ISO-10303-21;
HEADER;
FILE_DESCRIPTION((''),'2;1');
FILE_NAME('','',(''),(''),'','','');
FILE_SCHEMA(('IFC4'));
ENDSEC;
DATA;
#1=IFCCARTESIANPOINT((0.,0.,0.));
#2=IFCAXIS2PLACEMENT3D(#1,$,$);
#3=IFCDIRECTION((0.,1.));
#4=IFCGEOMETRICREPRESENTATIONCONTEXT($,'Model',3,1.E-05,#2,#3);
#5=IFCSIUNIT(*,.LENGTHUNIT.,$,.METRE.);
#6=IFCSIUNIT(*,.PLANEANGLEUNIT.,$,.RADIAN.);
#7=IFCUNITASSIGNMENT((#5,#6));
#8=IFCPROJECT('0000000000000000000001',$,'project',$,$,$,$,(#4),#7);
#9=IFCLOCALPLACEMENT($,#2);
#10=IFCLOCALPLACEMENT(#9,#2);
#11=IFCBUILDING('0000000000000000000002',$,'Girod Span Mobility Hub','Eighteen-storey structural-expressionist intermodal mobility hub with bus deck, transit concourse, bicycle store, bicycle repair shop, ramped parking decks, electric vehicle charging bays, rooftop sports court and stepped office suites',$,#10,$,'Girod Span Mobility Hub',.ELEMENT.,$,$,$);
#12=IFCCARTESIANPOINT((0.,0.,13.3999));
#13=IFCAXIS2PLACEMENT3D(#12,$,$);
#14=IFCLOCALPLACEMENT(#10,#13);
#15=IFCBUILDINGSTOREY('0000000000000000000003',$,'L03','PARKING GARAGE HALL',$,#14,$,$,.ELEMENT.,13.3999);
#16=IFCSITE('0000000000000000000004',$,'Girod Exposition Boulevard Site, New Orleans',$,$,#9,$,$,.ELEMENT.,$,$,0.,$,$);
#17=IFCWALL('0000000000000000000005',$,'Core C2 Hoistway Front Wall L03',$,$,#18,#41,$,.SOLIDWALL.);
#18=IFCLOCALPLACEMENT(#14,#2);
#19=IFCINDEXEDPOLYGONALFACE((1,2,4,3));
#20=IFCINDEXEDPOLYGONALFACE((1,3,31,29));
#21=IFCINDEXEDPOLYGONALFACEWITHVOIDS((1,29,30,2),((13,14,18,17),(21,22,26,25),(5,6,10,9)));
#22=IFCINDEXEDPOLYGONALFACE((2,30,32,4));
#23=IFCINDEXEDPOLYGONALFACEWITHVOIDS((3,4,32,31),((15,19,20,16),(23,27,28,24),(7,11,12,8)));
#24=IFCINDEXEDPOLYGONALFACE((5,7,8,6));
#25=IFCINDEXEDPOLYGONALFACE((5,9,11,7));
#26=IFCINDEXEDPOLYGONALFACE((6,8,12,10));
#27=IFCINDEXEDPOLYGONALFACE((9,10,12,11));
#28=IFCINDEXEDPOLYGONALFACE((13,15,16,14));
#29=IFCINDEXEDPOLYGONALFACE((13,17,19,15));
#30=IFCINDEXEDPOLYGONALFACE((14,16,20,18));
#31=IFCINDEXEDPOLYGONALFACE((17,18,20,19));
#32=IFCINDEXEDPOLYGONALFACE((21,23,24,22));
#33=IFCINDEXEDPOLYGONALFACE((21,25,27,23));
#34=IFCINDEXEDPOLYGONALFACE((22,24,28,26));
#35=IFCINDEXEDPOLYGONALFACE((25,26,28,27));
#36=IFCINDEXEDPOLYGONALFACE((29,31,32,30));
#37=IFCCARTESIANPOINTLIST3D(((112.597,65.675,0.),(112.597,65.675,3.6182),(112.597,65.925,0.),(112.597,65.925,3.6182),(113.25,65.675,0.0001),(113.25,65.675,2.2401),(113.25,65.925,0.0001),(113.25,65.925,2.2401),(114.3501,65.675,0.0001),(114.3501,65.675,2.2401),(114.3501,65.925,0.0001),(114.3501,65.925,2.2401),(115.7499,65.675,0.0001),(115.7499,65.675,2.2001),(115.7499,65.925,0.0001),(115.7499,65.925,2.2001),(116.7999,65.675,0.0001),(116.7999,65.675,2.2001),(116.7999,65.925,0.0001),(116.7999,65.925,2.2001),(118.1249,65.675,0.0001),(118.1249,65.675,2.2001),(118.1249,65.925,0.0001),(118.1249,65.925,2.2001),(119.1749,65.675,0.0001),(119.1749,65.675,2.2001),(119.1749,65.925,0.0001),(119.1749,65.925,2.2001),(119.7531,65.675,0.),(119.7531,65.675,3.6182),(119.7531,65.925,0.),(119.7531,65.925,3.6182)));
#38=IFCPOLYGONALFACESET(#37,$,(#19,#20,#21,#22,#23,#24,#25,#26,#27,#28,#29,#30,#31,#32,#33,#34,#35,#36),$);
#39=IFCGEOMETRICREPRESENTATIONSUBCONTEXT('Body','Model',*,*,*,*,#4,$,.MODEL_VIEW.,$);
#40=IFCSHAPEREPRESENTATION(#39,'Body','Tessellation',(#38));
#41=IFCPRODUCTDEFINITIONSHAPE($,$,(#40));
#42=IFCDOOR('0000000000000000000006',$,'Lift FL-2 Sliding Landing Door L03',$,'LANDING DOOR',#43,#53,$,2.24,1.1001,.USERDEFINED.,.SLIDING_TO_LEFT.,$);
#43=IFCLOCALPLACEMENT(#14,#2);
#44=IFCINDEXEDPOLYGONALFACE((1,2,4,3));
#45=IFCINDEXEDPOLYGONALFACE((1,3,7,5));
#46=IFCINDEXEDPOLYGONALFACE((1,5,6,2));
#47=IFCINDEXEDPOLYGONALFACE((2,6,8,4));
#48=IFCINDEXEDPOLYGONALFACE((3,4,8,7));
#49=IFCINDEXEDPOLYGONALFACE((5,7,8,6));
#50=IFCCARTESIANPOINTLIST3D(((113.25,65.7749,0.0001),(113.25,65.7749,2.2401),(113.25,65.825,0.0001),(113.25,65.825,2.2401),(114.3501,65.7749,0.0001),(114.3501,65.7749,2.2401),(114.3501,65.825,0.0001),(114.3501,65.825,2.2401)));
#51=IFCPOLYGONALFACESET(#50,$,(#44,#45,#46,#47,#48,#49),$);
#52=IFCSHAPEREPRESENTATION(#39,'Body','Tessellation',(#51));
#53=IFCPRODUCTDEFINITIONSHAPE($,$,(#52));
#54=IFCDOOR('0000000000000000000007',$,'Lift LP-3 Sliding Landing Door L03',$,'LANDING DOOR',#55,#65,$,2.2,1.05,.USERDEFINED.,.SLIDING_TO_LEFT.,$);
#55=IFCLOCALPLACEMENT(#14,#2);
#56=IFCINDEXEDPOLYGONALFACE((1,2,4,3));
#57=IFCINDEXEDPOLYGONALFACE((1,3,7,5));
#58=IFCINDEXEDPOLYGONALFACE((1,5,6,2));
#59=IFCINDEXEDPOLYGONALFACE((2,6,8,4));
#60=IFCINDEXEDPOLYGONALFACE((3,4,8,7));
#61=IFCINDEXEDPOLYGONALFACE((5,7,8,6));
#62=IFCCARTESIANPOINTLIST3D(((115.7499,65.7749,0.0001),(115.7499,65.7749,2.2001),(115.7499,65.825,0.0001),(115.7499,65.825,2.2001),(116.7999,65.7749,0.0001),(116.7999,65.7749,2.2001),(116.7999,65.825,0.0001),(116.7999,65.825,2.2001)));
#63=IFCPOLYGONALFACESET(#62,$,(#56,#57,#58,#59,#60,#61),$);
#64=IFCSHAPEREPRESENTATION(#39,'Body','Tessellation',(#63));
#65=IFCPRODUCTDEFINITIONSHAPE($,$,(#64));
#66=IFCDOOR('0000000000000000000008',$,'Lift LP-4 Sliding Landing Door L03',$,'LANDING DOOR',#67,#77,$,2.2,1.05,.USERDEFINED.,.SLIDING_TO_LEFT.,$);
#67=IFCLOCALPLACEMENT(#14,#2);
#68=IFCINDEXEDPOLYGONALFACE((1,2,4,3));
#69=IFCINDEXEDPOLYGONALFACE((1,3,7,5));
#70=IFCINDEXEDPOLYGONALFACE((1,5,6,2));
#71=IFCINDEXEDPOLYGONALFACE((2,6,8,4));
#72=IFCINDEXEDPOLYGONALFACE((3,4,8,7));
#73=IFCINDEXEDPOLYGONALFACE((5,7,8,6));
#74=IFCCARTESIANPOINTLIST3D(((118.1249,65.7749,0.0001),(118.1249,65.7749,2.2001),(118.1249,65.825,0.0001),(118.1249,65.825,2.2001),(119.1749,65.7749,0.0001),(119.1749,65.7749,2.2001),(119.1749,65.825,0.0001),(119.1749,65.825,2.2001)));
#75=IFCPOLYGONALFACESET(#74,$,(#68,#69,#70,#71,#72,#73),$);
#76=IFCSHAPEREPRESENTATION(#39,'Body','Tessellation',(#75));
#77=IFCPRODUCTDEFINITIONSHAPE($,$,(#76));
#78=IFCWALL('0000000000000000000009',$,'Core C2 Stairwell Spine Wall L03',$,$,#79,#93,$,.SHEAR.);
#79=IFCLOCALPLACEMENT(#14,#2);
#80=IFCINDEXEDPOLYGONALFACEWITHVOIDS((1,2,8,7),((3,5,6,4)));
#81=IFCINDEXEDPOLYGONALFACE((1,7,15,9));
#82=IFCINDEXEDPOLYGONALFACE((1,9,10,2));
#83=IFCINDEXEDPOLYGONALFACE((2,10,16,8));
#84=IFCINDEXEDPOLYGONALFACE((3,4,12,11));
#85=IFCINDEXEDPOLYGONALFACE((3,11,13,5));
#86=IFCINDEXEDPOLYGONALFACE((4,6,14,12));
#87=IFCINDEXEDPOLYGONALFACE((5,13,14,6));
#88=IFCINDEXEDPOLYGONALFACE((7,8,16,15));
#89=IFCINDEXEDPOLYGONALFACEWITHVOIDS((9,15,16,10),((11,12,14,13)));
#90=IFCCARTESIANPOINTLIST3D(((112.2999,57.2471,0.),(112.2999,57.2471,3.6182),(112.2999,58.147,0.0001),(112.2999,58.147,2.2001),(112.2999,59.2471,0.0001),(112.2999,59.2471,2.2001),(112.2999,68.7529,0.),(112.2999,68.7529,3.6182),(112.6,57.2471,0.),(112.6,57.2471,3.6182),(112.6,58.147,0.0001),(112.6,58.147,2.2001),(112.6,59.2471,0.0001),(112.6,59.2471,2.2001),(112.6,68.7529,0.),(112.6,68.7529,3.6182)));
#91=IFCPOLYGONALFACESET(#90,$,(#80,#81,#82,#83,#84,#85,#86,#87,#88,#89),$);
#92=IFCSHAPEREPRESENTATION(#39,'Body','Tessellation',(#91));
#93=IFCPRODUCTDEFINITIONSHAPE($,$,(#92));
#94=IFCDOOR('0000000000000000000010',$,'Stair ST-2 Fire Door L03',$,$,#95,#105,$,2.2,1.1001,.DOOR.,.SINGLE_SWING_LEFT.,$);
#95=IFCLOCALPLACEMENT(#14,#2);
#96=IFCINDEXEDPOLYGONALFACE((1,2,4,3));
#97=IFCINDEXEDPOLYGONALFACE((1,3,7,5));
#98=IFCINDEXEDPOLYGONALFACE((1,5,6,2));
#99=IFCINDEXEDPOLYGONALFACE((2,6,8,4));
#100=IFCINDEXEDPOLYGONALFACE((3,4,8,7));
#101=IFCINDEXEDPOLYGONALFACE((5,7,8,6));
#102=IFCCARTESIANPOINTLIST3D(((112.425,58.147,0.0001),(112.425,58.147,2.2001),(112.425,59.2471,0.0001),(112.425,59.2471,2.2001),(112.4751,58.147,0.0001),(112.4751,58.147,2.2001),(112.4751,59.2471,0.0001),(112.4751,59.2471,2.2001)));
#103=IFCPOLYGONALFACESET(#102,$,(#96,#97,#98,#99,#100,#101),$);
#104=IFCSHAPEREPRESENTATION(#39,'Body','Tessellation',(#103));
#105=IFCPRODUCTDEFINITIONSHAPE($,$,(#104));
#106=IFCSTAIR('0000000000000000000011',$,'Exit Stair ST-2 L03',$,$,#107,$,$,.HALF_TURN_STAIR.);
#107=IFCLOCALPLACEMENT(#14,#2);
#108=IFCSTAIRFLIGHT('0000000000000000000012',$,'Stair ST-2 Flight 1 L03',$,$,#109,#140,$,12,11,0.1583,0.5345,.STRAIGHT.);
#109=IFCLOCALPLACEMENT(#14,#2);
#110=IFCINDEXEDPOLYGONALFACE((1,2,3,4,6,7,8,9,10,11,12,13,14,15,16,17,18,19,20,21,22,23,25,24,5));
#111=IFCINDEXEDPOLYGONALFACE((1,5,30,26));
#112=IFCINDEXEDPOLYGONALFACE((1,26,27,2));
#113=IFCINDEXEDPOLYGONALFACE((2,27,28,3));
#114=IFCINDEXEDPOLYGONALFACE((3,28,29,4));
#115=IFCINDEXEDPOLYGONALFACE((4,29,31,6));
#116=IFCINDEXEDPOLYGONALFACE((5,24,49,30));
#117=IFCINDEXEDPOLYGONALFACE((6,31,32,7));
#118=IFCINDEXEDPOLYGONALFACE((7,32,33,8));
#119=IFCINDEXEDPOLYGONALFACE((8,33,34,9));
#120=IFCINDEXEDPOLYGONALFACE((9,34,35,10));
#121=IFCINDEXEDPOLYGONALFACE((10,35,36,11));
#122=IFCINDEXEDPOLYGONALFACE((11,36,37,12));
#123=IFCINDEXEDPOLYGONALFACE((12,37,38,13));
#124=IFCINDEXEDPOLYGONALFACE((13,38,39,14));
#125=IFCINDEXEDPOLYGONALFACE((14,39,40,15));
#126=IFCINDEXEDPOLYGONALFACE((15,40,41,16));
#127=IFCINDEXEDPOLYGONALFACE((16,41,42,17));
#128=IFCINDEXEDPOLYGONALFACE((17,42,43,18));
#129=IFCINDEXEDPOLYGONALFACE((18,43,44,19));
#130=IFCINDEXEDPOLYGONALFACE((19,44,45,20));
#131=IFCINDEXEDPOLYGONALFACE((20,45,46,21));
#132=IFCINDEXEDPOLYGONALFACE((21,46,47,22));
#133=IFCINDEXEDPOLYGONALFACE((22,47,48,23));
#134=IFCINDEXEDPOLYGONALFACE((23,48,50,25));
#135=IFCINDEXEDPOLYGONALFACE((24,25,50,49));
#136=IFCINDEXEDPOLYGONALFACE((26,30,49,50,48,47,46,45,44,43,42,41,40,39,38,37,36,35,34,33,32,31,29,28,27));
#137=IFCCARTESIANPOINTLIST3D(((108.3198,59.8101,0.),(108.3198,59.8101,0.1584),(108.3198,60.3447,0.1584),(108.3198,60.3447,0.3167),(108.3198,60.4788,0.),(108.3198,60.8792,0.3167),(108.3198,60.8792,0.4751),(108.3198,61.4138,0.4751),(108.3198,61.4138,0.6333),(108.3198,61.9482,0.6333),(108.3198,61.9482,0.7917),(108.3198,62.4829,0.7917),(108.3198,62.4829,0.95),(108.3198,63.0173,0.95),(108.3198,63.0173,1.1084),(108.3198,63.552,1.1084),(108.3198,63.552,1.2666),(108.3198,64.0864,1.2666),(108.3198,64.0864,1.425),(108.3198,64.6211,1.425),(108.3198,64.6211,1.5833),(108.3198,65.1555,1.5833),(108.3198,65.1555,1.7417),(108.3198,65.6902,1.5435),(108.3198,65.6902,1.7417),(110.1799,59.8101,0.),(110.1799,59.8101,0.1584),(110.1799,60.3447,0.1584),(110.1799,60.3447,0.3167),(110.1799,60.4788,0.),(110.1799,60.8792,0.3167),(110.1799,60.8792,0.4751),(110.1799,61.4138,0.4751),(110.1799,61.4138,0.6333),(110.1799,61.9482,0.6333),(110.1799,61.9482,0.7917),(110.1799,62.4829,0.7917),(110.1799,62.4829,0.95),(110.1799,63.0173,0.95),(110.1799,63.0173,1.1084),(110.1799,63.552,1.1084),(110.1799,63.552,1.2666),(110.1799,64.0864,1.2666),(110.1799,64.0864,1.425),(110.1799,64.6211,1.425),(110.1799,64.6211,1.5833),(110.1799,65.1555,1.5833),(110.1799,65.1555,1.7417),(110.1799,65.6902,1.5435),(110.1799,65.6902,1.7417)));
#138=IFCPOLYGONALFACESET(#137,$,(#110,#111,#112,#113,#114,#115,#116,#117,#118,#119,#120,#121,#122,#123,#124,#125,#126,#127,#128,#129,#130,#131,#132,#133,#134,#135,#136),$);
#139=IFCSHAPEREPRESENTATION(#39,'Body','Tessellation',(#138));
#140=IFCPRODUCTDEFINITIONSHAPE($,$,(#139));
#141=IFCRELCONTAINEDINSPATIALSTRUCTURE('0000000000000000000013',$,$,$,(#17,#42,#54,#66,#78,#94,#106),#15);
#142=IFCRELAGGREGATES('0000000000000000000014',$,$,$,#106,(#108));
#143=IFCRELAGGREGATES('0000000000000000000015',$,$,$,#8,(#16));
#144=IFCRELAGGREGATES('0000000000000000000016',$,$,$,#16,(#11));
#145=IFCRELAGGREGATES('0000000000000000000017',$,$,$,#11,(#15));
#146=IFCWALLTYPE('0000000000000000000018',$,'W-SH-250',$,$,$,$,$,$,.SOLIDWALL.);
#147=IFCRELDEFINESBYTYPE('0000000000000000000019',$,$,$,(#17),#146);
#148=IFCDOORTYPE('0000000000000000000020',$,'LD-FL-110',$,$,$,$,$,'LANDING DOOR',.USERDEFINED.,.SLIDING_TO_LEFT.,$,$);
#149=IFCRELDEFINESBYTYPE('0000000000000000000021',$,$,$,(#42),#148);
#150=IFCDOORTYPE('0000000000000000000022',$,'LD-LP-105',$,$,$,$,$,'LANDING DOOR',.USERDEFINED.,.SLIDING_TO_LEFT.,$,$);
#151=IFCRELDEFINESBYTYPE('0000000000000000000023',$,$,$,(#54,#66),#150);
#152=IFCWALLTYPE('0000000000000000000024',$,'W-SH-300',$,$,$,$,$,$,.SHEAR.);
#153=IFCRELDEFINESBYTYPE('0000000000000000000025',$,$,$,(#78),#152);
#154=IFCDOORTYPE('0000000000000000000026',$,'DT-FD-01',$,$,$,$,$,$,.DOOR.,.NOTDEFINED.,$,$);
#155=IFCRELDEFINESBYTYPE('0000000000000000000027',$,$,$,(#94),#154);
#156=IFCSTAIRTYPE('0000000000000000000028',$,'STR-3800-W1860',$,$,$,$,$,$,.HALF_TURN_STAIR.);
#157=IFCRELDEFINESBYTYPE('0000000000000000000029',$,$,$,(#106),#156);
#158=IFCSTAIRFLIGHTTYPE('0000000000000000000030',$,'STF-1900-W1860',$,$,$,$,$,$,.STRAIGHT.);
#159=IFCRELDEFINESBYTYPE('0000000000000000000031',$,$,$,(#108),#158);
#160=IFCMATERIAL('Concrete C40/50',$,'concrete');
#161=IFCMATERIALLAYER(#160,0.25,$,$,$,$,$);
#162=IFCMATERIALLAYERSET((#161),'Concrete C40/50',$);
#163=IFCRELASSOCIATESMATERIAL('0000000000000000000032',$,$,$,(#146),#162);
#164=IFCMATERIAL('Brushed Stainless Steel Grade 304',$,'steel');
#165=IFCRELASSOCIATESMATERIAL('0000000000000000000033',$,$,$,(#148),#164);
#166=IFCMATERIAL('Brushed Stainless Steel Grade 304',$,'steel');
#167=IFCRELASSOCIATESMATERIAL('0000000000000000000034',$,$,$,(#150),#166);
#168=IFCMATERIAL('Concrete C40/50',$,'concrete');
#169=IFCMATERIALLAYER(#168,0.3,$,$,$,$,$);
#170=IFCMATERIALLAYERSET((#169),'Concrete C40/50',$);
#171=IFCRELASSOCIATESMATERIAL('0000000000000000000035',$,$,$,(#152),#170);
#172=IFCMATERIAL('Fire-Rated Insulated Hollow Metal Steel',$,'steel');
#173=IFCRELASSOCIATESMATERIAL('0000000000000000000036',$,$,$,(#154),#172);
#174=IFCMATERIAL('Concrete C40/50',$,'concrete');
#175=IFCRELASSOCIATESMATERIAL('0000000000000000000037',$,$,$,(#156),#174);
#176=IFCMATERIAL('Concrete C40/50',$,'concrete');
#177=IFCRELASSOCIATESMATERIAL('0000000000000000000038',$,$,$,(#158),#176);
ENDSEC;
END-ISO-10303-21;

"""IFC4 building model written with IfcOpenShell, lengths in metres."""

from ifc_helpers import new_model, si_unit, direction, frame, frame_2d, origin, place, context, subcontext, project, spatial, polyline, rectangle, outline, extrude, material, layer, layer_set, type_object, element, fill, aggregate, save


model = new_model("IFC4")

# Units and contexts
model_context = context("Model", 3, precision=1e-05, world=origin(), true_north=direction((0.0, 1.0)))
body_context = subcontext(model_context, "Body", "Model", "MODEL_VIEW")
ifc_project = project(units=[si_unit("LENGTHUNIT", "METRE"), si_unit("PLANEANGLEUNIT", "RADIAN")], contexts=[model_context])

# Site, building, storey
site_placement = place(None, origin())
site = spatial("IfcSite", under=ifc_project, at=site_placement, Name="Girod Exposition Boulevard Site, New Orleans", CompositionType="ELEMENT", RefElevation=0.0)
building_placement = place(site_placement, origin())
building = spatial("IfcBuilding", under=site, at=building_placement, Name="Girod Span Mobility Hub", Description="Eighteen-storey structural-expressionist intermodal mobility hub with bus deck, transit concourse, bicycle store, bicycle repair shop, ramped parking decks, electric vehicle charging bays, rooftop sports court and stepped office suites", LongName="Girod Span Mobility Hub", CompositionType="ELEMENT")
storey_placement = place(building_placement, frame((0.0, 0.0, 13.3999)))
storey = spatial("IfcBuildingStorey", under=building, at=storey_placement, Name="L03", Description="PARKING GARAGE HALL", CompositionType="ELEMENT", Elevation=13.3999)

# Wall, openings, doors
ifc_material_1 = material(Name="Concrete C40/50", Category="concrete")
ifc_layer_1 = layer(ifc_material_1, 0.25)
ifc_layer_set_1 = layer_set([ifc_layer_1], Name="Concrete C40/50")
wall_type_1 = type_object("IfcWallType", Name="W-SH-250", PredefinedType="SOLIDWALL", material=ifc_layer_set_1)
wall_1_placement = place(storey_placement, frame((112.5969, 65.8, 0.0), z_axis=(0.0, 0.0, 1.0), x_axis=(1.0, 0.0, 0.0)))
wall_1 = element("IfcWall", 1, at=wall_1_placement, inside=storey, type_object=wall_type_1, Name="Core C2 Hoistway Front Wall L03", PredefinedType="SOLIDWALL", context=body_context, shape_type="SweptSolid", body=[
    extrude(rectangle(XDim=7.156, YDim=0.25, at=frame_2d((3.5781, 0.0))), origin(), (0.0, 0.0, 1.0), 3.6182),
])
opening_1_placement = place(wall_1_placement, frame((0.6531, 0.0, 0.0)))
opening_1 = element("IfcOpeningElement", 2, at=opening_1_placement, cuts=wall_1, PredefinedType="OPENING", context=body_context, shape_type="SweptSolid", body=[
    extrude(rectangle(XDim=1.1001, YDim=2.24, at=frame_2d((0.55, 1.1201))), frame((0.0, 0.1399, 0.0), z_axis=(0.0, -1.0, 0.0), x_axis=(1.0, 0.0, 0.0)), (0.0, 0.0, 1.0), 0.28),
])
opening_2_placement = place(wall_1_placement, frame((3.1531, 0.0, 0.0)))
opening_2 = element("IfcOpeningElement", 3, at=opening_2_placement, cuts=wall_1, PredefinedType="OPENING", context=body_context, shape_type="SweptSolid", body=[
    extrude(rectangle(XDim=1.05, YDim=2.2, at=frame_2d((0.5249, 1.1001))), frame((0.0, 0.1399, 0.0), z_axis=(0.0, -1.0, 0.0), x_axis=(1.0, 0.0, 0.0)), (0.0, 0.0, 1.0), 0.28),
])
opening_3_placement = place(wall_1_placement, frame((5.5281, 0.0, 0.0)))
opening_3 = element("IfcOpeningElement", 4, at=opening_3_placement, cuts=wall_1, PredefinedType="OPENING", context=body_context, shape_type="SweptSolid", body=[
    extrude(rectangle(XDim=1.05, YDim=2.2, at=frame_2d((0.5249, 1.1001))), frame((0.0, 0.1399, 0.0), z_axis=(0.0, -1.0, 0.0), x_axis=(1.0, 0.0, 0.0)), (0.0, 0.0, 1.0), 0.28),
])
ifc_material_2 = material(Name="Brushed Stainless Steel Grade 304", Category="steel")
door_type_1 = type_object("IfcDoorType", Name="LD-FL-110", ElementType="LANDING DOOR", OperationType="SLIDING_TO_LEFT", PredefinedType="USERDEFINED", material=ifc_material_2)
door_1_placement = place(opening_1_placement, origin())
door_1 = element("IfcDoor", 5, at=door_1_placement, inside=storey, type_object=door_type_1, Name="Lift FL-2 Sliding Landing Door L03", ObjectType="LANDING DOOR", OperationType="SLIDING_TO_LEFT", OverallHeight=2.24, OverallWidth=1.1001, PredefinedType="USERDEFINED", context=body_context, shape_type="SweptSolid", body=[
    extrude(rectangle(XDim=1.1001, YDim=2.24, at=frame_2d((0.55, 1.1201))), frame((0.0, 0.0249, 0.0), z_axis=(0.0, -1.0, 0.0), x_axis=(1.0, 0.0, 0.0)), (0.0, 0.0, 1.0), 0.05),
])
fill(opening_1, door_1)
ifc_material_3 = material(Name="Brushed Stainless Steel Grade 304", Category="steel")
door_type_2 = type_object("IfcDoorType", Name="LD-LP-105", ElementType="LANDING DOOR", OperationType="SLIDING_TO_LEFT", PredefinedType="USERDEFINED", material=ifc_material_3)
door_2_placement = place(opening_2_placement, origin())
door_2 = element("IfcDoor", 6, at=door_2_placement, inside=storey, type_object=door_type_2, Name="Lift LP-3 Sliding Landing Door L03", ObjectType="LANDING DOOR", OperationType="SLIDING_TO_LEFT", OverallHeight=2.2, OverallWidth=1.05, PredefinedType="USERDEFINED", context=body_context, shape_type="SweptSolid", body=[
    extrude(rectangle(XDim=1.05, YDim=2.2, at=frame_2d((0.5249, 1.1001))), frame((0.0, 0.0249, 0.0), z_axis=(0.0, -1.0, 0.0), x_axis=(1.0, 0.0, 0.0)), (0.0, 0.0, 1.0), 0.05),
])
fill(opening_2, door_2)
door_3_placement = place(opening_3_placement, origin())
door_3 = element("IfcDoor", 7, at=door_3_placement, inside=storey, type_object=door_type_2, Name="Lift LP-4 Sliding Landing Door L03", ObjectType="LANDING DOOR", OperationType="SLIDING_TO_LEFT", OverallHeight=2.2, OverallWidth=1.05, PredefinedType="USERDEFINED", context=body_context, shape_type="SweptSolid", body=[
    extrude(rectangle(XDim=1.05, YDim=2.2, at=frame_2d((0.5249, 1.1001))), frame((0.0, 0.0249, 0.0), z_axis=(0.0, -1.0, 0.0), x_axis=(1.0, 0.0, 0.0)), (0.0, 0.0, 1.0), 0.05),
])
fill(opening_3, door_3)

# Wall, opening, door
ifc_material_4 = material(Name="Concrete C40/50", Category="concrete")
ifc_layer_2 = layer(ifc_material_4, 0.3)
ifc_layer_set_2 = layer_set([ifc_layer_2], Name="Concrete C40/50")
wall_type_2 = type_object("IfcWallType", Name="W-SH-300", PredefinedType="SHEAR", material=ifc_layer_set_2)
wall_2_placement = place(storey_placement, frame((112.45, 57.2471, 0.0), z_axis=(0.0, 0.0, 1.0), x_axis=(0.0, 1.0, 0.0)))
wall_2 = element("IfcWall", 8, at=wall_2_placement, inside=storey, type_object=wall_type_2, Name="Core C2 Stairwell Spine Wall L03", PredefinedType="SHEAR", context=body_context, shape_type="SweptSolid", body=[
    extrude(rectangle(XDim=11.5059, YDim=0.3, at=frame_2d((5.7529, 0.0))), origin(), (0.0, 0.0, 1.0), 3.6182),
])
opening_4_placement = place(wall_2_placement, frame((0.8999, 0.0, 0.0)))
opening_4 = element("IfcOpeningElement", 9, at=opening_4_placement, cuts=wall_2, PredefinedType="OPENING", context=body_context, shape_type="SweptSolid", body=[
    extrude(rectangle(XDim=1.1001, YDim=2.2, at=frame_2d((0.55, 1.1001))), frame((0.0, 0.165, 0.0), z_axis=(0.0, -1.0, 0.0), x_axis=(1.0, 0.0, 0.0)), (0.0, 0.0, 1.0), 0.3301),
])
ifc_material_5 = material(Name="Fire-Rated Insulated Hollow Metal Steel", Category="steel")
door_type_3 = type_object("IfcDoorType", Name="DT-FD-01", OperationType="NOTDEFINED", PredefinedType="DOOR", material=ifc_material_5)
door_4_placement = place(opening_4_placement, origin())
door_4 = element("IfcDoor", 10, at=door_4_placement, inside=storey, type_object=door_type_3, Name="Stair ST-2 Fire Door L03", OperationType="SINGLE_SWING_LEFT", OverallHeight=2.2, OverallWidth=1.1001, PredefinedType="DOOR", context=body_context, shape_type="SweptSolid", body=[
    extrude(rectangle(XDim=1.1001, YDim=2.2, at=frame_2d((0.55, 1.1001))), frame((0.0, 0.0249, 0.0), z_axis=(0.0, -1.0, 0.0), x_axis=(1.0, 0.0, 0.0)), (0.0, 0.0, 1.0), 0.05),
])
fill(opening_4, door_4)

# Stair, stair flight
ifc_material_6 = material(Name="Concrete C40/50", Category="concrete")
stair_type = type_object("IfcStairType", Name="STR-3800-W1860", PredefinedType="HALF_TURN_STAIR", material=ifc_material_6)
stair_placement = place(storey_placement, origin())
stair = element("IfcStair", 11, at=stair_placement, inside=storey, type_object=stair_type, Name="Exit Stair ST-2 L03", PredefinedType="HALF_TURN_STAIR")
ifc_material_7 = material(Name="Concrete C40/50", Category="concrete")
stair_flight_type = type_object("IfcStairFlightType", Name="STF-1900-W1860", PredefinedType="STRAIGHT", material=ifc_material_7)
stair_flight_1_placement = place(storey_placement, frame((109.25, 59.8101, 0.0), z_axis=(0.0, 0.0, 1.0), x_axis=(0.0, 1.0, 0.0)))
stair_flight_1 = element("IfcStairFlight", 12, at=stair_flight_1_placement, type_object=stair_flight_type, Name="Stair ST-2 Flight 1 L03", NumberOfRisers=12, NumberOfTreads=11, PredefinedType="STRAIGHT", RiserHeight=0.1583, TreadLength=0.5345, context=body_context, shape_type="SweptSolid", body=[
    extrude(outline(polyline([(0.0, 0.0), (0.0, 0.1584), (0.5347, 0.1584), (0.5347, 0.3167), (1.0691, 0.3167), (1.0691, 0.4751), (1.6038, 0.4751), (1.6038, 0.6333), (2.1382, 0.6333), (2.1382, 0.7917), (2.6729, 0.7917), (2.6729, 0.95), (3.2073, 0.95), (3.2073, 1.1084), (3.7419, 1.1084), (3.7419, 1.2666), (4.2764, 1.2666), (4.2764, 1.425), (4.811, 1.425), (4.811, 1.5833), (5.3455, 1.5833), (5.3455, 1.7417), (5.8801, 1.7417), (5.8801, 1.8999), (5.8801, 1.5435), (0.6687, 0.0), (0.0, 0.0)])), frame((0.0, 0.9302, 0.0), z_axis=(0.0, -1.0, 0.0), x_axis=(1.0, 0.0, 0.0)), (0.0, 0.0, 1.0), 1.8601),
])
aggregate(stair, [stair_flight_1])

save(model, "model.ifc")
